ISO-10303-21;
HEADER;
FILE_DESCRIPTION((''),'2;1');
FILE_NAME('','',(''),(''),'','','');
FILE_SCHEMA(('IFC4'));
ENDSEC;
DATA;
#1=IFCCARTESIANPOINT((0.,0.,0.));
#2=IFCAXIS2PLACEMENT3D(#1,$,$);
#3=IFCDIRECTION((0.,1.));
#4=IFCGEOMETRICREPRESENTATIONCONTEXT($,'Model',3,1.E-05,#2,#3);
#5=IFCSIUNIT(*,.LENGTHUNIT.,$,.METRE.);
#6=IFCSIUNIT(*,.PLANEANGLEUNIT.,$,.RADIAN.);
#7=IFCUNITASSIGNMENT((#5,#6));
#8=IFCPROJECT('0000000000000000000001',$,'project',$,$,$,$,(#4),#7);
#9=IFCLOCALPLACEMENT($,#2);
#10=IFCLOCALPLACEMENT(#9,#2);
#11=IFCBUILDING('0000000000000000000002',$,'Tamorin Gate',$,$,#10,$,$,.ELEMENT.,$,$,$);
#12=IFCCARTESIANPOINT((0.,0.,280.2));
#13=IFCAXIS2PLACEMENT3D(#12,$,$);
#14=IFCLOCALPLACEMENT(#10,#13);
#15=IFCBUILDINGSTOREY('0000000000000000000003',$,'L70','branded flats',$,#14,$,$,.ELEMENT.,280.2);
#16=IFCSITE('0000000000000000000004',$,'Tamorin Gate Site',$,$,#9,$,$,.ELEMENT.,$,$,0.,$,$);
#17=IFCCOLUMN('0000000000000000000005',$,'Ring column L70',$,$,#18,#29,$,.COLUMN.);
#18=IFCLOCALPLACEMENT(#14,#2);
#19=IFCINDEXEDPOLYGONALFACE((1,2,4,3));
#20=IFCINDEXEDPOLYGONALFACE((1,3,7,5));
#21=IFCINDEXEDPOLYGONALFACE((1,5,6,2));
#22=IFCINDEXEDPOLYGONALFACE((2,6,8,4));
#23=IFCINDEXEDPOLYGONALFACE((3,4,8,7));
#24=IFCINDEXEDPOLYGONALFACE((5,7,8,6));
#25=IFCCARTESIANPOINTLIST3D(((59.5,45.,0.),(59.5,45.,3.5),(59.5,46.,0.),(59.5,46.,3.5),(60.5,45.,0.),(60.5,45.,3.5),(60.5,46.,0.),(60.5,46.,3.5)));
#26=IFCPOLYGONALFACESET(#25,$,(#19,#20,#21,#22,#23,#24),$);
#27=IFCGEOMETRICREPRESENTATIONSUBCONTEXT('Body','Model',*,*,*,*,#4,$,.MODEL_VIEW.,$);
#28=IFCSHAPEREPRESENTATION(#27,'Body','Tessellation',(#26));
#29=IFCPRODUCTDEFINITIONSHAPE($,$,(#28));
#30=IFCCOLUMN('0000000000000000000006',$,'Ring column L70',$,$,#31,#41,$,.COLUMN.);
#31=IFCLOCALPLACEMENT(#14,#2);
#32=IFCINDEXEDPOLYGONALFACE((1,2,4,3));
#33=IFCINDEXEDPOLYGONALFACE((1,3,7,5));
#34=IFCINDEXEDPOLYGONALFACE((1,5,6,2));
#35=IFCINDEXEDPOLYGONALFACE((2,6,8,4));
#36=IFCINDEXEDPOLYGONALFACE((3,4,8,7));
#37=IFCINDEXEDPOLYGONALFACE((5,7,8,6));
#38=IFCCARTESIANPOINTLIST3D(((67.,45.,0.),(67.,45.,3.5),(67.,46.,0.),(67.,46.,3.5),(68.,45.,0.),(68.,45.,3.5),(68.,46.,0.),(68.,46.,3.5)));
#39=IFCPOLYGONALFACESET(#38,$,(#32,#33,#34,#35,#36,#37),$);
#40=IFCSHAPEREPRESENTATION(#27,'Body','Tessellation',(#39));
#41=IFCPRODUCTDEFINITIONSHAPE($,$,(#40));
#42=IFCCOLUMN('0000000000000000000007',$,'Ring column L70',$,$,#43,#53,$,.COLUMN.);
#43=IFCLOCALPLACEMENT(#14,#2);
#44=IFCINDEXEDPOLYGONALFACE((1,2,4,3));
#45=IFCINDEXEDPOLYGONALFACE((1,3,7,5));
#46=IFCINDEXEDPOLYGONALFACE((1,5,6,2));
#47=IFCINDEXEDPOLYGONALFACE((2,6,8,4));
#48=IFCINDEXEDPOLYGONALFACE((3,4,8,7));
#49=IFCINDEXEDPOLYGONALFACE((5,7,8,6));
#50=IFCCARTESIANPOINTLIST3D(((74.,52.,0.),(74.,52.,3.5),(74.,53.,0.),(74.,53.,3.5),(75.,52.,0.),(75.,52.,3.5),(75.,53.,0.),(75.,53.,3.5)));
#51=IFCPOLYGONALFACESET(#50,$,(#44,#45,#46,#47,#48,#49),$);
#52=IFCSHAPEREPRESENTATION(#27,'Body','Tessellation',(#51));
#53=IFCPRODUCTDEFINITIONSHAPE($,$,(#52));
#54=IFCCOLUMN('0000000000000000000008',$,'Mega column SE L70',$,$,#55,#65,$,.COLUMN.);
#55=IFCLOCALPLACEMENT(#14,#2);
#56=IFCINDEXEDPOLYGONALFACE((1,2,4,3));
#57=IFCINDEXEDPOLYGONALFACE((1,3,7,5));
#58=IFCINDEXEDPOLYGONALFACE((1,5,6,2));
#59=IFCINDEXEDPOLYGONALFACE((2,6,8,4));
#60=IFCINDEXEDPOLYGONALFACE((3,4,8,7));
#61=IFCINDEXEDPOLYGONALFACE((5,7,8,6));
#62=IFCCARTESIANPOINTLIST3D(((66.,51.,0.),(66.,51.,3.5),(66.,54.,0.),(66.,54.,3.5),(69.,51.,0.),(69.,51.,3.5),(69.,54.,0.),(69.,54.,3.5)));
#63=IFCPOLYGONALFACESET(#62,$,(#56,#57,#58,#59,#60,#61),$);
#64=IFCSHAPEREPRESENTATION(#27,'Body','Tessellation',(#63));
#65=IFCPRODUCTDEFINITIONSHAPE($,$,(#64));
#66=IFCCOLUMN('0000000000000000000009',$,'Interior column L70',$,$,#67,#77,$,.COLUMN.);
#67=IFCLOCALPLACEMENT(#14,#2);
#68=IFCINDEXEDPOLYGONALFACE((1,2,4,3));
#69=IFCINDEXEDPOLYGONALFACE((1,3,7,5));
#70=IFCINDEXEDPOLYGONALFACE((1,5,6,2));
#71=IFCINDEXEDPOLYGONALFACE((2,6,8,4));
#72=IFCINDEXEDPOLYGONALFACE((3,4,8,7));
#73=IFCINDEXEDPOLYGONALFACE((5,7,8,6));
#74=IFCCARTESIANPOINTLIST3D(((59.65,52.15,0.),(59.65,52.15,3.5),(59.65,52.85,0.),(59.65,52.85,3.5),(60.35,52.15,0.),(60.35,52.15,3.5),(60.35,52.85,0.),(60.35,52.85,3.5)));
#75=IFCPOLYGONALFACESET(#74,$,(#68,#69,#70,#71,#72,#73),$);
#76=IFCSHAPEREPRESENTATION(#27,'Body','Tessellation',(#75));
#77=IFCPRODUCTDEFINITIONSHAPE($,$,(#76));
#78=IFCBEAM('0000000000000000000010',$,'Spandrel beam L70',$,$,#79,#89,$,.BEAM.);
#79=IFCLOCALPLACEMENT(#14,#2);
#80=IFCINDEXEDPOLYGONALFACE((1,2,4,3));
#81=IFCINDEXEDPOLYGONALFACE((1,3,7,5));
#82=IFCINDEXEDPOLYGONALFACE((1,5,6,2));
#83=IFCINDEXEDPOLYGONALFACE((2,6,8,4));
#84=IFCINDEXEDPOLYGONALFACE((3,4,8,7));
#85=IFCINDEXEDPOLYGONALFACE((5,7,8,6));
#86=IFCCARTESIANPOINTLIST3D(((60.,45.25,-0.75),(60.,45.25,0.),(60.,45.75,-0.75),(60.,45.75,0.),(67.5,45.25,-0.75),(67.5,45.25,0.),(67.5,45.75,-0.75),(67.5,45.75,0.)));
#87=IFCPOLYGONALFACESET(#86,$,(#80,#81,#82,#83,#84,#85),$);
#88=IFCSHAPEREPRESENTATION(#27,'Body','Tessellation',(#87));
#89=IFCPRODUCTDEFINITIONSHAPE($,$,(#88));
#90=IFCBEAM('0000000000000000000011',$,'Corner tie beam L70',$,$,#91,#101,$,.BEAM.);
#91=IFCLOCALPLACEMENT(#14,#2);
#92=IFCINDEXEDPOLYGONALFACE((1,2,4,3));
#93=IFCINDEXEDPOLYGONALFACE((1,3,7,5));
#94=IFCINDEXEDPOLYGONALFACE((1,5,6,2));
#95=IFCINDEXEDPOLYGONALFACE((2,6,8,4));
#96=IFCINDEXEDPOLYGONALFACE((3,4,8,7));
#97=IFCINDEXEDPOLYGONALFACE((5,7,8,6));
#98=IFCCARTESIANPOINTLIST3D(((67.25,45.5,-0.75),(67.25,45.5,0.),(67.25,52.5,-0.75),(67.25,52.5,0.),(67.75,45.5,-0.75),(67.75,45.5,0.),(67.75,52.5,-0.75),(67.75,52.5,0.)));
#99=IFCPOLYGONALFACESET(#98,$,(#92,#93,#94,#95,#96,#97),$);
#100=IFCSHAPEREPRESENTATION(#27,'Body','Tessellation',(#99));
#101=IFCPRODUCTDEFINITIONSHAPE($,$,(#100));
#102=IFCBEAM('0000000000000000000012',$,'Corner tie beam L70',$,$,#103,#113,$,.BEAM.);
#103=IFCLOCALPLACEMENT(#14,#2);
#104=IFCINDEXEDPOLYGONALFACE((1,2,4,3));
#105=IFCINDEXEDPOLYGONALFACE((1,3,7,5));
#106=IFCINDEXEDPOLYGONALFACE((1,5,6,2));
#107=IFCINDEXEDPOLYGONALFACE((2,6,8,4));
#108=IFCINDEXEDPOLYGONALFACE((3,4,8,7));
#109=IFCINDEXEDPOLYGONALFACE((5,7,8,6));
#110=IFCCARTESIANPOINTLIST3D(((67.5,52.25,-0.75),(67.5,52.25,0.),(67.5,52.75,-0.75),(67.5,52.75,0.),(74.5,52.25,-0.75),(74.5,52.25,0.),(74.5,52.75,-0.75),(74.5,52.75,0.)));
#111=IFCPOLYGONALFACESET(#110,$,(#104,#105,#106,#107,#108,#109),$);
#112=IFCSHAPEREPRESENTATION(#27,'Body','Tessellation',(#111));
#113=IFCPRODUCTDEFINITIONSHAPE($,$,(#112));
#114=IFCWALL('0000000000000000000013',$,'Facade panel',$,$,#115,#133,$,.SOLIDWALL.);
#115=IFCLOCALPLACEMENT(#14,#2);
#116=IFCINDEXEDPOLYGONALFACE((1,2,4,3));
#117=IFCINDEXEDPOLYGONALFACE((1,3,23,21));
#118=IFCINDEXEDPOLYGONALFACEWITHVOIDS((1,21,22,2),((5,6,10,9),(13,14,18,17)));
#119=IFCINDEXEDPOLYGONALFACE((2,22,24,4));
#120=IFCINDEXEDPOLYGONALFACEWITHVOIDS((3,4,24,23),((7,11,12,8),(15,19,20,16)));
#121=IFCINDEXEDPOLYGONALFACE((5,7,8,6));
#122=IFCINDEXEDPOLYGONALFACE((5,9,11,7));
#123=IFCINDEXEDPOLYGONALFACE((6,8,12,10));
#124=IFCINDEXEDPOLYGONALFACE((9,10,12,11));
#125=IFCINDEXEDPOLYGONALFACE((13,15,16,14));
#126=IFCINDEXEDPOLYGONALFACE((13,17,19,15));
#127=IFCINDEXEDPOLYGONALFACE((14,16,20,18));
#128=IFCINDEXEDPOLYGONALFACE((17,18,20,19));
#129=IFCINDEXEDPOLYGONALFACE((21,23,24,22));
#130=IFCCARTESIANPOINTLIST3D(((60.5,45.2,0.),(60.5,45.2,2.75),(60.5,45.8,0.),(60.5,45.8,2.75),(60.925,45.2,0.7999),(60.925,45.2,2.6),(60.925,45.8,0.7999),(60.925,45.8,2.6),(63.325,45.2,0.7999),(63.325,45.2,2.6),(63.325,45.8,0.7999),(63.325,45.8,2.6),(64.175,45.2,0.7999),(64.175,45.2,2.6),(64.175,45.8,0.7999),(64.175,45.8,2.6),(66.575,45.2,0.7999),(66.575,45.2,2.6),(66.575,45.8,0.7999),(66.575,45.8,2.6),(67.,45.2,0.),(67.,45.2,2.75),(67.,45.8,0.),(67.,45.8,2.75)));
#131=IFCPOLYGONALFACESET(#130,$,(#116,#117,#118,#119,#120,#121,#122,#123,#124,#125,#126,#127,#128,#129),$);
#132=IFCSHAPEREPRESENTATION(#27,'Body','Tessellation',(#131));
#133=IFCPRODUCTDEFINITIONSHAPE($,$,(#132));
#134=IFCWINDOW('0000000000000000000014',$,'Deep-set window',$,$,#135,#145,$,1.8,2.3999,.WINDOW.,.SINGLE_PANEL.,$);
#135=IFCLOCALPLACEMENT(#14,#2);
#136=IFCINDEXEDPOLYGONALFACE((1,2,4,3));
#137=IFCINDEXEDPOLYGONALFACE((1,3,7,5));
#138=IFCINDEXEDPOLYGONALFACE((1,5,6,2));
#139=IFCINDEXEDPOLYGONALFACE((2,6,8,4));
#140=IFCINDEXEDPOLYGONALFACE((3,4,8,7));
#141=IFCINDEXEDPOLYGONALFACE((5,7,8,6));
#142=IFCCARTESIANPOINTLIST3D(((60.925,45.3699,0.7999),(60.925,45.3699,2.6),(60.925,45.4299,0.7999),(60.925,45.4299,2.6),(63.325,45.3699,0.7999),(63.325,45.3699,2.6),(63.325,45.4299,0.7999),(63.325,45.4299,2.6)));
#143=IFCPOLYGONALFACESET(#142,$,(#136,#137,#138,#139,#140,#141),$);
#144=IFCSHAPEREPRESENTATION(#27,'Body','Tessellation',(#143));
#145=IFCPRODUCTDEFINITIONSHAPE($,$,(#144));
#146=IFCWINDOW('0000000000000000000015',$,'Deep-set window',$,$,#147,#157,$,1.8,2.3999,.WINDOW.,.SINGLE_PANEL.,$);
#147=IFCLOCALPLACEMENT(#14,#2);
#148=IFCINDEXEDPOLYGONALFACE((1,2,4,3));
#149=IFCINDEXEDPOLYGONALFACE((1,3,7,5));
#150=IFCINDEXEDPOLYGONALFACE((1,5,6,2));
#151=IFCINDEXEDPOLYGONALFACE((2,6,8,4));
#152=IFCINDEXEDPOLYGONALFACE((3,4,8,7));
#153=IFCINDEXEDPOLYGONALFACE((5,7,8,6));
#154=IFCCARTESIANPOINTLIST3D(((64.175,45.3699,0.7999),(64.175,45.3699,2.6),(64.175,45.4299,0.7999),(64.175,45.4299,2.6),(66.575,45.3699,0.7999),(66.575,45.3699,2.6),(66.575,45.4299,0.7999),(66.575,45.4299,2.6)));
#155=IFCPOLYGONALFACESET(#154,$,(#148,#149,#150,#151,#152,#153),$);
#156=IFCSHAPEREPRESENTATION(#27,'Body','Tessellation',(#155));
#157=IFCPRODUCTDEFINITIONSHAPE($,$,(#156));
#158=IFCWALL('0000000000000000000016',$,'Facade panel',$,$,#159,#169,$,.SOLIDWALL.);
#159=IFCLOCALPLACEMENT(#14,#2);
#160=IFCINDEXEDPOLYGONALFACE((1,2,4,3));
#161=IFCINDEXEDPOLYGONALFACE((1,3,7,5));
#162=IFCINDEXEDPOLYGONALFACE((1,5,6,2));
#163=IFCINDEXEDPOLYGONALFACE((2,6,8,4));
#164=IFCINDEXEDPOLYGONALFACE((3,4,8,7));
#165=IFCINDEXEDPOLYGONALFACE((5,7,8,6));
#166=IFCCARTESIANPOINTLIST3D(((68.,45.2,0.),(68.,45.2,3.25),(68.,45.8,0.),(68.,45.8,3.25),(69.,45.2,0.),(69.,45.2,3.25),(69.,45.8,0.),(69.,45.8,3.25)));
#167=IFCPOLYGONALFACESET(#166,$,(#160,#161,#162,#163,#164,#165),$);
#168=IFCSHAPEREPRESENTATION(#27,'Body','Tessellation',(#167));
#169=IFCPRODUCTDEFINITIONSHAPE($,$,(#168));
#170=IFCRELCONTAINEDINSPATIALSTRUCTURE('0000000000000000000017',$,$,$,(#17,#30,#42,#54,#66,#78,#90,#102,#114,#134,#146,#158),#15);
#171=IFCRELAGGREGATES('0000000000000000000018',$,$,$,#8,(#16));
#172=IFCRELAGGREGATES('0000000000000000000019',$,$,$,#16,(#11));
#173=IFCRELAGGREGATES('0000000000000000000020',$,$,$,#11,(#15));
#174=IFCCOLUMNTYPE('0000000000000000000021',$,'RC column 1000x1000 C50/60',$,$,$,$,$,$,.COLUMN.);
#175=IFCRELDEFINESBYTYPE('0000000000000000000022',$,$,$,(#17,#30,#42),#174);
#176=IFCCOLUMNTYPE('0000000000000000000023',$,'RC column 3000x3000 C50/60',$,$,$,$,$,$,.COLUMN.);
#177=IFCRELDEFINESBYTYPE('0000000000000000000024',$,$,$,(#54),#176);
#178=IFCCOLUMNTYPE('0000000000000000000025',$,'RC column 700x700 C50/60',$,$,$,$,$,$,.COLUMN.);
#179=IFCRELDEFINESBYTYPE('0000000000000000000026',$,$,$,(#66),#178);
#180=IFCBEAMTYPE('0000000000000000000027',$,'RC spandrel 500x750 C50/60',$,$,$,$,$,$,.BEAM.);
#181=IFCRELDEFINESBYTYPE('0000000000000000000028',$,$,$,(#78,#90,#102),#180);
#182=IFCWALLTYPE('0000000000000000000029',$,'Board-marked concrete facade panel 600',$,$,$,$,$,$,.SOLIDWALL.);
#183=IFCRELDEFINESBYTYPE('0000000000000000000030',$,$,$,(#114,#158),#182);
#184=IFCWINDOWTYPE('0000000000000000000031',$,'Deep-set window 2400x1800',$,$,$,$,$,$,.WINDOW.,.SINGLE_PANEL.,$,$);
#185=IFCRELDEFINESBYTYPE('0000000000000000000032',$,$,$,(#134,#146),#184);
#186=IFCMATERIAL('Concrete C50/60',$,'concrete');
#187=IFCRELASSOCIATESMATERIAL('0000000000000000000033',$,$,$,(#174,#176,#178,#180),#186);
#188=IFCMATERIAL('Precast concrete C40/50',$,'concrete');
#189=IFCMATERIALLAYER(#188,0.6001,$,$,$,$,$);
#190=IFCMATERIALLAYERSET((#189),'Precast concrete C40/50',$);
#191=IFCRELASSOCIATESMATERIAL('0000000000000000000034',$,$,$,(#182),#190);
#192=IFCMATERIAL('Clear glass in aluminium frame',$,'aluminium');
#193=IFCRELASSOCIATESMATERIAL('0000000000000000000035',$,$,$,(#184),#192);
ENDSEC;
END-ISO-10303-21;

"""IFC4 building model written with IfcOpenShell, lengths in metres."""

from ifc_helpers import new_model, si_unit, direction, frame, frame_2d, origin, origin_2d, place, context, subcontext, project, spatial, rectangle, extrude, material, layer, layer_set, material_profile, profile_set, type_object, element, fill, save


model = new_model("IFC4")

# Units and contexts
model_context = context("Model", 3, precision=1e-05, world=origin(), true_north=direction((0.0, 1.0)))
body_context = subcontext(model_context, "Body", "Model", "MODEL_VIEW")
ifc_project = project(units=[si_unit("LENGTHUNIT", "METRE"), si_unit("PLANEANGLEUNIT", "RADIAN")], contexts=[model_context])

# Site, building, storey
site_placement = place(None, origin())
site = spatial("IfcSite", under=ifc_project, at=site_placement, Name="Tamorin Gate Site", CompositionType="ELEMENT", RefElevation=0.0)
building_placement = place(site_placement, origin())
building = spatial("IfcBuilding", under=site, at=building_placement, Name="Tamorin Gate", CompositionType="ELEMENT")
storey_placement = place(building_placement, frame((0.0, 0.0, 280.2)))
storey = spatial("IfcBuildingStorey", under=building, at=storey_placement, Name="L70", Description="branded flats", CompositionType="ELEMENT", Elevation=280.2)

# Columns
ifc_material_1 = material(Name="Concrete C50/60", Category="concrete")
ifc_material_profile_1 = material_profile(ifc_material_1, rectangle(XDim=1.0, YDim=1.0, at=origin_2d()), Name="RC 1000x1000")
ifc_profile_set_1 = profile_set([ifc_material_profile_1], Name="Concrete C50/60")
column_type_1 = type_object("IfcColumnType", Name="RC column 1000x1000 C50/60", PredefinedType="COLUMN", material=ifc_profile_set_1)
for number, where, z_axis, x_axis, name in (
    (1, (60.0, 45.5, 0.0), (0.0, 0.0, 1.0), (1.0, 0.0, 0.0), "Ring column L70"),
    (2, (67.5, 45.5, 0.0), (0.0, 0.0, 1.0), (1.0, 0.0, 0.0), "Ring column L70"),
    (3, (74.5, 52.5, 0.0), (0.0, 0.0, 1.0), (1.0, 0.0, 0.0), "Ring column L70"),
):
    element("IfcColumn", number, at=place(storey_placement, frame(where, z_axis=z_axis, x_axis=x_axis)), inside=storey, type_object=column_type_1, Name=name, PredefinedType="COLUMN", context=body_context, shape_type="SweptSolid", body=[
        extrude(rectangle(XDim=1.0, YDim=1.0, at=origin_2d()), origin(), (0.0, 0.0, 1.0), 3.5),
    ])
ifc_material_profile_2 = material_profile(ifc_material_1, rectangle(XDim=3.0, YDim=3.0, at=origin_2d()), Name="RC 3000x3000")
ifc_profile_set_2 = profile_set([ifc_material_profile_2], Name="Concrete C50/60")
column_type_2 = type_object("IfcColumnType", Name="RC column 3000x3000 C50/60", PredefinedType="COLUMN", material=ifc_profile_set_2)
column_1_placement = place(storey_placement, frame((67.5, 52.5, 0.0), z_axis=(0.0, 0.0, 1.0), x_axis=(1.0, 0.0, 0.0)))
element("IfcColumn", 4, at=column_1_placement, inside=storey, type_object=column_type_2, Name="Mega column SE L70", PredefinedType="COLUMN", context=body_context, shape_type="SweptSolid", body=[
    extrude(rectangle(XDim=3.0, YDim=3.0, at=origin_2d()), origin(), (0.0, 0.0, 1.0), 3.5),
])
ifc_material_profile_3 = material_profile(ifc_material_1, rectangle(XDim=0.7, YDim=0.7, at=origin_2d()), Name="RC 700x700")
ifc_profile_set_3 = profile_set([ifc_material_profile_3], Name="Concrete C50/60")
column_type_3 = type_object("IfcColumnType", Name="RC column 700x700 C50/60", PredefinedType="COLUMN", material=ifc_profile_set_3)
column_2_placement = place(storey_placement, frame((60.0, 52.5, 0.0), z_axis=(0.0, 0.0, 1.0), x_axis=(1.0, 0.0, 0.0)))
element("IfcColumn", 5, at=column_2_placement, inside=storey, type_object=column_type_3, Name="Interior column L70", PredefinedType="COLUMN", context=body_context, shape_type="SweptSolid", body=[
    extrude(rectangle(XDim=0.7, YDim=0.7, at=origin_2d()), origin(), (0.0, 0.0, 1.0), 3.5),
])

# Beams
ifc_material_profile_4 = material_profile(ifc_material_1, rectangle(XDim=0.5, YDim=0.75, at=origin_2d()), Name="RC 500x750")
ifc_profile_set_4 = profile_set([ifc_material_profile_4], Name="Concrete C50/60")
beam_type = type_object("IfcBeamType", Name="RC spandrel 500x750 C50/60", PredefinedType="BEAM", material=ifc_profile_set_4)
beam_placement = place(storey_placement, frame((60.0, 45.5, -0.375), z_axis=(1.0, 0.0, 0.0), x_axis=(0.0, 1.0, 0.0)))
element("IfcBeam", 6, at=beam_placement, inside=storey, type_object=beam_type, Name="Spandrel beam L70", PredefinedType="BEAM", context=body_context, shape_type="SweptSolid", body=[
    extrude(rectangle(XDim=0.5, YDim=0.75, at=origin_2d()), origin(), (0.0, 0.0, 1.0), 7.5),
])
for number, where, z_axis, x_axis, name in (
    (7, (67.5, 52.5, -0.375), (0.0, -1.0, 0.0), (1.0, 0.0, 0.0), "Corner tie beam L70"),
    (8, (67.5, 52.5, -0.375), (1.0, 0.0, 0.0), (0.0, 1.0, 0.0), "Corner tie beam L70"),
):
    element("IfcBeam", number, at=place(storey_placement, frame(where, z_axis=z_axis, x_axis=x_axis)), inside=storey, type_object=beam_type, Name=name, PredefinedType="BEAM", context=body_context, shape_type="SweptSolid", body=[
        extrude(rectangle(XDim=0.5, YDim=0.75, at=origin_2d()), origin(), (0.0, 0.0, 1.0), 7.0),
    ])

# Wall, openings, windows
ifc_material_2 = material(Name="Precast concrete C40/50", Category="concrete")
ifc_layer_1 = layer(ifc_material_2, 0.6001)
ifc_layer_set_1 = layer_set([ifc_layer_1], Name="Precast concrete C40/50")
wall_type_1 = type_object("IfcWallType", Name="Board-marked concrete facade panel 600", PredefinedType="SOLIDWALL", material=ifc_layer_set_1)
wall_1_placement = place(storey_placement, frame((60.5, 45.5, 0.0), z_axis=(0.0, 0.0, 1.0), x_axis=(1.0, 0.0, 0.0)))
wall_1 = element("IfcWall", 9, at=wall_1_placement, inside=storey, type_object=wall_type_1, Name="Facade panel", PredefinedType="SOLIDWALL", context=body_context, shape_type="SweptSolid", body=[
    extrude(rectangle(XDim=6.5, YDim=0.6001, at=frame_2d((3.25, 0.0))), origin(), (0.0, 0.0, 1.0), 2.75),
])
opening_1_placement = place(wall_1_placement, frame((0.425, 0.0, 0.8)))
opening_1 = element("IfcOpeningElement", 10, at=opening_1_placement, cuts=wall_1, PredefinedType="OPENING", context=body_context, shape_type="SweptSolid", body=[
    extrude(rectangle(XDim=2.3999, YDim=1.8, at=frame_2d((1.2, 0.8999))), frame((0.0, 0.3101, 0.0), z_axis=(0.0, -1.0, 0.0), x_axis=(1.0, 0.0, 0.0)), (0.0, 0.0, 1.0), 0.6201),
])
opening_2_placement = place(wall_1_placement, frame((3.675, 0.0, 0.8)))
opening_2 = element("IfcOpeningElement", 11, at=opening_2_placement, cuts=wall_1, PredefinedType="OPENING", context=body_context, shape_type="SweptSolid", body=[
    extrude(rectangle(XDim=2.3999, YDim=1.8, at=frame_2d((1.2, 0.8999))), frame((0.0, 0.3101, 0.0), z_axis=(0.0, -1.0, 0.0), x_axis=(1.0, 0.0, 0.0)), (0.0, 0.0, 1.0), 0.6201),
])
ifc_material_3 = material(Name="Clear glass in aluminium frame", Category="aluminium")
window_type_1 = type_object("IfcWindowType", Name="Deep-set window 2400x1800", PartitioningType="SINGLE_PANEL", PredefinedType="WINDOW", material=ifc_material_3)
window_1_placement = place(opening_1_placement, origin())
window_1 = element("IfcWindow", 12, at=window_1_placement, inside=storey, type_object=window_type_1, Name="Deep-set window", OverallHeight=1.8, OverallWidth=2.3999, PartitioningType="SINGLE_PANEL", PredefinedType="WINDOW", context=body_context, shape_type="SweptSolid", body=[
    extrude(rectangle(XDim=2.3999, YDim=1.8, at=frame_2d((1.2, 0.8999))), frame((0.0, -0.0701, 0.0), z_axis=(0.0, -1.0, 0.0), x_axis=(1.0, 0.0, 0.0)), (0.0, 0.0, 1.0), 0.0601),
])
fill(opening_1, window_1)
window_2_placement = place(opening_2_placement, origin())
window_2 = element("IfcWindow", 13, at=window_2_placement, inside=storey, type_object=window_type_1, Name="Deep-set window", OverallHeight=1.8, OverallWidth=2.3999, PartitioningType="SINGLE_PANEL", PredefinedType="WINDOW", context=body_context, shape_type="SweptSolid", body=[
    extrude(rectangle(XDim=2.3999, YDim=1.8, at=frame_2d((1.2, 0.8999))), frame((0.0, -0.0701, 0.0), z_axis=(0.0, -1.0, 0.0), x_axis=(1.0, 0.0, 0.0)), (0.0, 0.0, 1.0), 0.0601),
])
fill(opening_2, window_2)

# Wall
wall_2_placement = place(storey_placement, frame((68.0, 45.5, 0.0), z_axis=(0.0, 0.0, 1.0), x_axis=(1.0, 0.0, 0.0)))
element("IfcWall", 14, at=wall_2_placement, inside=storey, type_object=wall_type_1, Name="Facade panel", PredefinedType="SOLIDWALL", context=body_context, shape_type="SweptSolid", body=[
    extrude(rectangle(XDim=1.0, YDim=0.6001, at=frame_2d((0.5, 0.0))), origin(), (0.0, 0.0, 1.0), 3.25),
])

save(model, "model.ifc")
